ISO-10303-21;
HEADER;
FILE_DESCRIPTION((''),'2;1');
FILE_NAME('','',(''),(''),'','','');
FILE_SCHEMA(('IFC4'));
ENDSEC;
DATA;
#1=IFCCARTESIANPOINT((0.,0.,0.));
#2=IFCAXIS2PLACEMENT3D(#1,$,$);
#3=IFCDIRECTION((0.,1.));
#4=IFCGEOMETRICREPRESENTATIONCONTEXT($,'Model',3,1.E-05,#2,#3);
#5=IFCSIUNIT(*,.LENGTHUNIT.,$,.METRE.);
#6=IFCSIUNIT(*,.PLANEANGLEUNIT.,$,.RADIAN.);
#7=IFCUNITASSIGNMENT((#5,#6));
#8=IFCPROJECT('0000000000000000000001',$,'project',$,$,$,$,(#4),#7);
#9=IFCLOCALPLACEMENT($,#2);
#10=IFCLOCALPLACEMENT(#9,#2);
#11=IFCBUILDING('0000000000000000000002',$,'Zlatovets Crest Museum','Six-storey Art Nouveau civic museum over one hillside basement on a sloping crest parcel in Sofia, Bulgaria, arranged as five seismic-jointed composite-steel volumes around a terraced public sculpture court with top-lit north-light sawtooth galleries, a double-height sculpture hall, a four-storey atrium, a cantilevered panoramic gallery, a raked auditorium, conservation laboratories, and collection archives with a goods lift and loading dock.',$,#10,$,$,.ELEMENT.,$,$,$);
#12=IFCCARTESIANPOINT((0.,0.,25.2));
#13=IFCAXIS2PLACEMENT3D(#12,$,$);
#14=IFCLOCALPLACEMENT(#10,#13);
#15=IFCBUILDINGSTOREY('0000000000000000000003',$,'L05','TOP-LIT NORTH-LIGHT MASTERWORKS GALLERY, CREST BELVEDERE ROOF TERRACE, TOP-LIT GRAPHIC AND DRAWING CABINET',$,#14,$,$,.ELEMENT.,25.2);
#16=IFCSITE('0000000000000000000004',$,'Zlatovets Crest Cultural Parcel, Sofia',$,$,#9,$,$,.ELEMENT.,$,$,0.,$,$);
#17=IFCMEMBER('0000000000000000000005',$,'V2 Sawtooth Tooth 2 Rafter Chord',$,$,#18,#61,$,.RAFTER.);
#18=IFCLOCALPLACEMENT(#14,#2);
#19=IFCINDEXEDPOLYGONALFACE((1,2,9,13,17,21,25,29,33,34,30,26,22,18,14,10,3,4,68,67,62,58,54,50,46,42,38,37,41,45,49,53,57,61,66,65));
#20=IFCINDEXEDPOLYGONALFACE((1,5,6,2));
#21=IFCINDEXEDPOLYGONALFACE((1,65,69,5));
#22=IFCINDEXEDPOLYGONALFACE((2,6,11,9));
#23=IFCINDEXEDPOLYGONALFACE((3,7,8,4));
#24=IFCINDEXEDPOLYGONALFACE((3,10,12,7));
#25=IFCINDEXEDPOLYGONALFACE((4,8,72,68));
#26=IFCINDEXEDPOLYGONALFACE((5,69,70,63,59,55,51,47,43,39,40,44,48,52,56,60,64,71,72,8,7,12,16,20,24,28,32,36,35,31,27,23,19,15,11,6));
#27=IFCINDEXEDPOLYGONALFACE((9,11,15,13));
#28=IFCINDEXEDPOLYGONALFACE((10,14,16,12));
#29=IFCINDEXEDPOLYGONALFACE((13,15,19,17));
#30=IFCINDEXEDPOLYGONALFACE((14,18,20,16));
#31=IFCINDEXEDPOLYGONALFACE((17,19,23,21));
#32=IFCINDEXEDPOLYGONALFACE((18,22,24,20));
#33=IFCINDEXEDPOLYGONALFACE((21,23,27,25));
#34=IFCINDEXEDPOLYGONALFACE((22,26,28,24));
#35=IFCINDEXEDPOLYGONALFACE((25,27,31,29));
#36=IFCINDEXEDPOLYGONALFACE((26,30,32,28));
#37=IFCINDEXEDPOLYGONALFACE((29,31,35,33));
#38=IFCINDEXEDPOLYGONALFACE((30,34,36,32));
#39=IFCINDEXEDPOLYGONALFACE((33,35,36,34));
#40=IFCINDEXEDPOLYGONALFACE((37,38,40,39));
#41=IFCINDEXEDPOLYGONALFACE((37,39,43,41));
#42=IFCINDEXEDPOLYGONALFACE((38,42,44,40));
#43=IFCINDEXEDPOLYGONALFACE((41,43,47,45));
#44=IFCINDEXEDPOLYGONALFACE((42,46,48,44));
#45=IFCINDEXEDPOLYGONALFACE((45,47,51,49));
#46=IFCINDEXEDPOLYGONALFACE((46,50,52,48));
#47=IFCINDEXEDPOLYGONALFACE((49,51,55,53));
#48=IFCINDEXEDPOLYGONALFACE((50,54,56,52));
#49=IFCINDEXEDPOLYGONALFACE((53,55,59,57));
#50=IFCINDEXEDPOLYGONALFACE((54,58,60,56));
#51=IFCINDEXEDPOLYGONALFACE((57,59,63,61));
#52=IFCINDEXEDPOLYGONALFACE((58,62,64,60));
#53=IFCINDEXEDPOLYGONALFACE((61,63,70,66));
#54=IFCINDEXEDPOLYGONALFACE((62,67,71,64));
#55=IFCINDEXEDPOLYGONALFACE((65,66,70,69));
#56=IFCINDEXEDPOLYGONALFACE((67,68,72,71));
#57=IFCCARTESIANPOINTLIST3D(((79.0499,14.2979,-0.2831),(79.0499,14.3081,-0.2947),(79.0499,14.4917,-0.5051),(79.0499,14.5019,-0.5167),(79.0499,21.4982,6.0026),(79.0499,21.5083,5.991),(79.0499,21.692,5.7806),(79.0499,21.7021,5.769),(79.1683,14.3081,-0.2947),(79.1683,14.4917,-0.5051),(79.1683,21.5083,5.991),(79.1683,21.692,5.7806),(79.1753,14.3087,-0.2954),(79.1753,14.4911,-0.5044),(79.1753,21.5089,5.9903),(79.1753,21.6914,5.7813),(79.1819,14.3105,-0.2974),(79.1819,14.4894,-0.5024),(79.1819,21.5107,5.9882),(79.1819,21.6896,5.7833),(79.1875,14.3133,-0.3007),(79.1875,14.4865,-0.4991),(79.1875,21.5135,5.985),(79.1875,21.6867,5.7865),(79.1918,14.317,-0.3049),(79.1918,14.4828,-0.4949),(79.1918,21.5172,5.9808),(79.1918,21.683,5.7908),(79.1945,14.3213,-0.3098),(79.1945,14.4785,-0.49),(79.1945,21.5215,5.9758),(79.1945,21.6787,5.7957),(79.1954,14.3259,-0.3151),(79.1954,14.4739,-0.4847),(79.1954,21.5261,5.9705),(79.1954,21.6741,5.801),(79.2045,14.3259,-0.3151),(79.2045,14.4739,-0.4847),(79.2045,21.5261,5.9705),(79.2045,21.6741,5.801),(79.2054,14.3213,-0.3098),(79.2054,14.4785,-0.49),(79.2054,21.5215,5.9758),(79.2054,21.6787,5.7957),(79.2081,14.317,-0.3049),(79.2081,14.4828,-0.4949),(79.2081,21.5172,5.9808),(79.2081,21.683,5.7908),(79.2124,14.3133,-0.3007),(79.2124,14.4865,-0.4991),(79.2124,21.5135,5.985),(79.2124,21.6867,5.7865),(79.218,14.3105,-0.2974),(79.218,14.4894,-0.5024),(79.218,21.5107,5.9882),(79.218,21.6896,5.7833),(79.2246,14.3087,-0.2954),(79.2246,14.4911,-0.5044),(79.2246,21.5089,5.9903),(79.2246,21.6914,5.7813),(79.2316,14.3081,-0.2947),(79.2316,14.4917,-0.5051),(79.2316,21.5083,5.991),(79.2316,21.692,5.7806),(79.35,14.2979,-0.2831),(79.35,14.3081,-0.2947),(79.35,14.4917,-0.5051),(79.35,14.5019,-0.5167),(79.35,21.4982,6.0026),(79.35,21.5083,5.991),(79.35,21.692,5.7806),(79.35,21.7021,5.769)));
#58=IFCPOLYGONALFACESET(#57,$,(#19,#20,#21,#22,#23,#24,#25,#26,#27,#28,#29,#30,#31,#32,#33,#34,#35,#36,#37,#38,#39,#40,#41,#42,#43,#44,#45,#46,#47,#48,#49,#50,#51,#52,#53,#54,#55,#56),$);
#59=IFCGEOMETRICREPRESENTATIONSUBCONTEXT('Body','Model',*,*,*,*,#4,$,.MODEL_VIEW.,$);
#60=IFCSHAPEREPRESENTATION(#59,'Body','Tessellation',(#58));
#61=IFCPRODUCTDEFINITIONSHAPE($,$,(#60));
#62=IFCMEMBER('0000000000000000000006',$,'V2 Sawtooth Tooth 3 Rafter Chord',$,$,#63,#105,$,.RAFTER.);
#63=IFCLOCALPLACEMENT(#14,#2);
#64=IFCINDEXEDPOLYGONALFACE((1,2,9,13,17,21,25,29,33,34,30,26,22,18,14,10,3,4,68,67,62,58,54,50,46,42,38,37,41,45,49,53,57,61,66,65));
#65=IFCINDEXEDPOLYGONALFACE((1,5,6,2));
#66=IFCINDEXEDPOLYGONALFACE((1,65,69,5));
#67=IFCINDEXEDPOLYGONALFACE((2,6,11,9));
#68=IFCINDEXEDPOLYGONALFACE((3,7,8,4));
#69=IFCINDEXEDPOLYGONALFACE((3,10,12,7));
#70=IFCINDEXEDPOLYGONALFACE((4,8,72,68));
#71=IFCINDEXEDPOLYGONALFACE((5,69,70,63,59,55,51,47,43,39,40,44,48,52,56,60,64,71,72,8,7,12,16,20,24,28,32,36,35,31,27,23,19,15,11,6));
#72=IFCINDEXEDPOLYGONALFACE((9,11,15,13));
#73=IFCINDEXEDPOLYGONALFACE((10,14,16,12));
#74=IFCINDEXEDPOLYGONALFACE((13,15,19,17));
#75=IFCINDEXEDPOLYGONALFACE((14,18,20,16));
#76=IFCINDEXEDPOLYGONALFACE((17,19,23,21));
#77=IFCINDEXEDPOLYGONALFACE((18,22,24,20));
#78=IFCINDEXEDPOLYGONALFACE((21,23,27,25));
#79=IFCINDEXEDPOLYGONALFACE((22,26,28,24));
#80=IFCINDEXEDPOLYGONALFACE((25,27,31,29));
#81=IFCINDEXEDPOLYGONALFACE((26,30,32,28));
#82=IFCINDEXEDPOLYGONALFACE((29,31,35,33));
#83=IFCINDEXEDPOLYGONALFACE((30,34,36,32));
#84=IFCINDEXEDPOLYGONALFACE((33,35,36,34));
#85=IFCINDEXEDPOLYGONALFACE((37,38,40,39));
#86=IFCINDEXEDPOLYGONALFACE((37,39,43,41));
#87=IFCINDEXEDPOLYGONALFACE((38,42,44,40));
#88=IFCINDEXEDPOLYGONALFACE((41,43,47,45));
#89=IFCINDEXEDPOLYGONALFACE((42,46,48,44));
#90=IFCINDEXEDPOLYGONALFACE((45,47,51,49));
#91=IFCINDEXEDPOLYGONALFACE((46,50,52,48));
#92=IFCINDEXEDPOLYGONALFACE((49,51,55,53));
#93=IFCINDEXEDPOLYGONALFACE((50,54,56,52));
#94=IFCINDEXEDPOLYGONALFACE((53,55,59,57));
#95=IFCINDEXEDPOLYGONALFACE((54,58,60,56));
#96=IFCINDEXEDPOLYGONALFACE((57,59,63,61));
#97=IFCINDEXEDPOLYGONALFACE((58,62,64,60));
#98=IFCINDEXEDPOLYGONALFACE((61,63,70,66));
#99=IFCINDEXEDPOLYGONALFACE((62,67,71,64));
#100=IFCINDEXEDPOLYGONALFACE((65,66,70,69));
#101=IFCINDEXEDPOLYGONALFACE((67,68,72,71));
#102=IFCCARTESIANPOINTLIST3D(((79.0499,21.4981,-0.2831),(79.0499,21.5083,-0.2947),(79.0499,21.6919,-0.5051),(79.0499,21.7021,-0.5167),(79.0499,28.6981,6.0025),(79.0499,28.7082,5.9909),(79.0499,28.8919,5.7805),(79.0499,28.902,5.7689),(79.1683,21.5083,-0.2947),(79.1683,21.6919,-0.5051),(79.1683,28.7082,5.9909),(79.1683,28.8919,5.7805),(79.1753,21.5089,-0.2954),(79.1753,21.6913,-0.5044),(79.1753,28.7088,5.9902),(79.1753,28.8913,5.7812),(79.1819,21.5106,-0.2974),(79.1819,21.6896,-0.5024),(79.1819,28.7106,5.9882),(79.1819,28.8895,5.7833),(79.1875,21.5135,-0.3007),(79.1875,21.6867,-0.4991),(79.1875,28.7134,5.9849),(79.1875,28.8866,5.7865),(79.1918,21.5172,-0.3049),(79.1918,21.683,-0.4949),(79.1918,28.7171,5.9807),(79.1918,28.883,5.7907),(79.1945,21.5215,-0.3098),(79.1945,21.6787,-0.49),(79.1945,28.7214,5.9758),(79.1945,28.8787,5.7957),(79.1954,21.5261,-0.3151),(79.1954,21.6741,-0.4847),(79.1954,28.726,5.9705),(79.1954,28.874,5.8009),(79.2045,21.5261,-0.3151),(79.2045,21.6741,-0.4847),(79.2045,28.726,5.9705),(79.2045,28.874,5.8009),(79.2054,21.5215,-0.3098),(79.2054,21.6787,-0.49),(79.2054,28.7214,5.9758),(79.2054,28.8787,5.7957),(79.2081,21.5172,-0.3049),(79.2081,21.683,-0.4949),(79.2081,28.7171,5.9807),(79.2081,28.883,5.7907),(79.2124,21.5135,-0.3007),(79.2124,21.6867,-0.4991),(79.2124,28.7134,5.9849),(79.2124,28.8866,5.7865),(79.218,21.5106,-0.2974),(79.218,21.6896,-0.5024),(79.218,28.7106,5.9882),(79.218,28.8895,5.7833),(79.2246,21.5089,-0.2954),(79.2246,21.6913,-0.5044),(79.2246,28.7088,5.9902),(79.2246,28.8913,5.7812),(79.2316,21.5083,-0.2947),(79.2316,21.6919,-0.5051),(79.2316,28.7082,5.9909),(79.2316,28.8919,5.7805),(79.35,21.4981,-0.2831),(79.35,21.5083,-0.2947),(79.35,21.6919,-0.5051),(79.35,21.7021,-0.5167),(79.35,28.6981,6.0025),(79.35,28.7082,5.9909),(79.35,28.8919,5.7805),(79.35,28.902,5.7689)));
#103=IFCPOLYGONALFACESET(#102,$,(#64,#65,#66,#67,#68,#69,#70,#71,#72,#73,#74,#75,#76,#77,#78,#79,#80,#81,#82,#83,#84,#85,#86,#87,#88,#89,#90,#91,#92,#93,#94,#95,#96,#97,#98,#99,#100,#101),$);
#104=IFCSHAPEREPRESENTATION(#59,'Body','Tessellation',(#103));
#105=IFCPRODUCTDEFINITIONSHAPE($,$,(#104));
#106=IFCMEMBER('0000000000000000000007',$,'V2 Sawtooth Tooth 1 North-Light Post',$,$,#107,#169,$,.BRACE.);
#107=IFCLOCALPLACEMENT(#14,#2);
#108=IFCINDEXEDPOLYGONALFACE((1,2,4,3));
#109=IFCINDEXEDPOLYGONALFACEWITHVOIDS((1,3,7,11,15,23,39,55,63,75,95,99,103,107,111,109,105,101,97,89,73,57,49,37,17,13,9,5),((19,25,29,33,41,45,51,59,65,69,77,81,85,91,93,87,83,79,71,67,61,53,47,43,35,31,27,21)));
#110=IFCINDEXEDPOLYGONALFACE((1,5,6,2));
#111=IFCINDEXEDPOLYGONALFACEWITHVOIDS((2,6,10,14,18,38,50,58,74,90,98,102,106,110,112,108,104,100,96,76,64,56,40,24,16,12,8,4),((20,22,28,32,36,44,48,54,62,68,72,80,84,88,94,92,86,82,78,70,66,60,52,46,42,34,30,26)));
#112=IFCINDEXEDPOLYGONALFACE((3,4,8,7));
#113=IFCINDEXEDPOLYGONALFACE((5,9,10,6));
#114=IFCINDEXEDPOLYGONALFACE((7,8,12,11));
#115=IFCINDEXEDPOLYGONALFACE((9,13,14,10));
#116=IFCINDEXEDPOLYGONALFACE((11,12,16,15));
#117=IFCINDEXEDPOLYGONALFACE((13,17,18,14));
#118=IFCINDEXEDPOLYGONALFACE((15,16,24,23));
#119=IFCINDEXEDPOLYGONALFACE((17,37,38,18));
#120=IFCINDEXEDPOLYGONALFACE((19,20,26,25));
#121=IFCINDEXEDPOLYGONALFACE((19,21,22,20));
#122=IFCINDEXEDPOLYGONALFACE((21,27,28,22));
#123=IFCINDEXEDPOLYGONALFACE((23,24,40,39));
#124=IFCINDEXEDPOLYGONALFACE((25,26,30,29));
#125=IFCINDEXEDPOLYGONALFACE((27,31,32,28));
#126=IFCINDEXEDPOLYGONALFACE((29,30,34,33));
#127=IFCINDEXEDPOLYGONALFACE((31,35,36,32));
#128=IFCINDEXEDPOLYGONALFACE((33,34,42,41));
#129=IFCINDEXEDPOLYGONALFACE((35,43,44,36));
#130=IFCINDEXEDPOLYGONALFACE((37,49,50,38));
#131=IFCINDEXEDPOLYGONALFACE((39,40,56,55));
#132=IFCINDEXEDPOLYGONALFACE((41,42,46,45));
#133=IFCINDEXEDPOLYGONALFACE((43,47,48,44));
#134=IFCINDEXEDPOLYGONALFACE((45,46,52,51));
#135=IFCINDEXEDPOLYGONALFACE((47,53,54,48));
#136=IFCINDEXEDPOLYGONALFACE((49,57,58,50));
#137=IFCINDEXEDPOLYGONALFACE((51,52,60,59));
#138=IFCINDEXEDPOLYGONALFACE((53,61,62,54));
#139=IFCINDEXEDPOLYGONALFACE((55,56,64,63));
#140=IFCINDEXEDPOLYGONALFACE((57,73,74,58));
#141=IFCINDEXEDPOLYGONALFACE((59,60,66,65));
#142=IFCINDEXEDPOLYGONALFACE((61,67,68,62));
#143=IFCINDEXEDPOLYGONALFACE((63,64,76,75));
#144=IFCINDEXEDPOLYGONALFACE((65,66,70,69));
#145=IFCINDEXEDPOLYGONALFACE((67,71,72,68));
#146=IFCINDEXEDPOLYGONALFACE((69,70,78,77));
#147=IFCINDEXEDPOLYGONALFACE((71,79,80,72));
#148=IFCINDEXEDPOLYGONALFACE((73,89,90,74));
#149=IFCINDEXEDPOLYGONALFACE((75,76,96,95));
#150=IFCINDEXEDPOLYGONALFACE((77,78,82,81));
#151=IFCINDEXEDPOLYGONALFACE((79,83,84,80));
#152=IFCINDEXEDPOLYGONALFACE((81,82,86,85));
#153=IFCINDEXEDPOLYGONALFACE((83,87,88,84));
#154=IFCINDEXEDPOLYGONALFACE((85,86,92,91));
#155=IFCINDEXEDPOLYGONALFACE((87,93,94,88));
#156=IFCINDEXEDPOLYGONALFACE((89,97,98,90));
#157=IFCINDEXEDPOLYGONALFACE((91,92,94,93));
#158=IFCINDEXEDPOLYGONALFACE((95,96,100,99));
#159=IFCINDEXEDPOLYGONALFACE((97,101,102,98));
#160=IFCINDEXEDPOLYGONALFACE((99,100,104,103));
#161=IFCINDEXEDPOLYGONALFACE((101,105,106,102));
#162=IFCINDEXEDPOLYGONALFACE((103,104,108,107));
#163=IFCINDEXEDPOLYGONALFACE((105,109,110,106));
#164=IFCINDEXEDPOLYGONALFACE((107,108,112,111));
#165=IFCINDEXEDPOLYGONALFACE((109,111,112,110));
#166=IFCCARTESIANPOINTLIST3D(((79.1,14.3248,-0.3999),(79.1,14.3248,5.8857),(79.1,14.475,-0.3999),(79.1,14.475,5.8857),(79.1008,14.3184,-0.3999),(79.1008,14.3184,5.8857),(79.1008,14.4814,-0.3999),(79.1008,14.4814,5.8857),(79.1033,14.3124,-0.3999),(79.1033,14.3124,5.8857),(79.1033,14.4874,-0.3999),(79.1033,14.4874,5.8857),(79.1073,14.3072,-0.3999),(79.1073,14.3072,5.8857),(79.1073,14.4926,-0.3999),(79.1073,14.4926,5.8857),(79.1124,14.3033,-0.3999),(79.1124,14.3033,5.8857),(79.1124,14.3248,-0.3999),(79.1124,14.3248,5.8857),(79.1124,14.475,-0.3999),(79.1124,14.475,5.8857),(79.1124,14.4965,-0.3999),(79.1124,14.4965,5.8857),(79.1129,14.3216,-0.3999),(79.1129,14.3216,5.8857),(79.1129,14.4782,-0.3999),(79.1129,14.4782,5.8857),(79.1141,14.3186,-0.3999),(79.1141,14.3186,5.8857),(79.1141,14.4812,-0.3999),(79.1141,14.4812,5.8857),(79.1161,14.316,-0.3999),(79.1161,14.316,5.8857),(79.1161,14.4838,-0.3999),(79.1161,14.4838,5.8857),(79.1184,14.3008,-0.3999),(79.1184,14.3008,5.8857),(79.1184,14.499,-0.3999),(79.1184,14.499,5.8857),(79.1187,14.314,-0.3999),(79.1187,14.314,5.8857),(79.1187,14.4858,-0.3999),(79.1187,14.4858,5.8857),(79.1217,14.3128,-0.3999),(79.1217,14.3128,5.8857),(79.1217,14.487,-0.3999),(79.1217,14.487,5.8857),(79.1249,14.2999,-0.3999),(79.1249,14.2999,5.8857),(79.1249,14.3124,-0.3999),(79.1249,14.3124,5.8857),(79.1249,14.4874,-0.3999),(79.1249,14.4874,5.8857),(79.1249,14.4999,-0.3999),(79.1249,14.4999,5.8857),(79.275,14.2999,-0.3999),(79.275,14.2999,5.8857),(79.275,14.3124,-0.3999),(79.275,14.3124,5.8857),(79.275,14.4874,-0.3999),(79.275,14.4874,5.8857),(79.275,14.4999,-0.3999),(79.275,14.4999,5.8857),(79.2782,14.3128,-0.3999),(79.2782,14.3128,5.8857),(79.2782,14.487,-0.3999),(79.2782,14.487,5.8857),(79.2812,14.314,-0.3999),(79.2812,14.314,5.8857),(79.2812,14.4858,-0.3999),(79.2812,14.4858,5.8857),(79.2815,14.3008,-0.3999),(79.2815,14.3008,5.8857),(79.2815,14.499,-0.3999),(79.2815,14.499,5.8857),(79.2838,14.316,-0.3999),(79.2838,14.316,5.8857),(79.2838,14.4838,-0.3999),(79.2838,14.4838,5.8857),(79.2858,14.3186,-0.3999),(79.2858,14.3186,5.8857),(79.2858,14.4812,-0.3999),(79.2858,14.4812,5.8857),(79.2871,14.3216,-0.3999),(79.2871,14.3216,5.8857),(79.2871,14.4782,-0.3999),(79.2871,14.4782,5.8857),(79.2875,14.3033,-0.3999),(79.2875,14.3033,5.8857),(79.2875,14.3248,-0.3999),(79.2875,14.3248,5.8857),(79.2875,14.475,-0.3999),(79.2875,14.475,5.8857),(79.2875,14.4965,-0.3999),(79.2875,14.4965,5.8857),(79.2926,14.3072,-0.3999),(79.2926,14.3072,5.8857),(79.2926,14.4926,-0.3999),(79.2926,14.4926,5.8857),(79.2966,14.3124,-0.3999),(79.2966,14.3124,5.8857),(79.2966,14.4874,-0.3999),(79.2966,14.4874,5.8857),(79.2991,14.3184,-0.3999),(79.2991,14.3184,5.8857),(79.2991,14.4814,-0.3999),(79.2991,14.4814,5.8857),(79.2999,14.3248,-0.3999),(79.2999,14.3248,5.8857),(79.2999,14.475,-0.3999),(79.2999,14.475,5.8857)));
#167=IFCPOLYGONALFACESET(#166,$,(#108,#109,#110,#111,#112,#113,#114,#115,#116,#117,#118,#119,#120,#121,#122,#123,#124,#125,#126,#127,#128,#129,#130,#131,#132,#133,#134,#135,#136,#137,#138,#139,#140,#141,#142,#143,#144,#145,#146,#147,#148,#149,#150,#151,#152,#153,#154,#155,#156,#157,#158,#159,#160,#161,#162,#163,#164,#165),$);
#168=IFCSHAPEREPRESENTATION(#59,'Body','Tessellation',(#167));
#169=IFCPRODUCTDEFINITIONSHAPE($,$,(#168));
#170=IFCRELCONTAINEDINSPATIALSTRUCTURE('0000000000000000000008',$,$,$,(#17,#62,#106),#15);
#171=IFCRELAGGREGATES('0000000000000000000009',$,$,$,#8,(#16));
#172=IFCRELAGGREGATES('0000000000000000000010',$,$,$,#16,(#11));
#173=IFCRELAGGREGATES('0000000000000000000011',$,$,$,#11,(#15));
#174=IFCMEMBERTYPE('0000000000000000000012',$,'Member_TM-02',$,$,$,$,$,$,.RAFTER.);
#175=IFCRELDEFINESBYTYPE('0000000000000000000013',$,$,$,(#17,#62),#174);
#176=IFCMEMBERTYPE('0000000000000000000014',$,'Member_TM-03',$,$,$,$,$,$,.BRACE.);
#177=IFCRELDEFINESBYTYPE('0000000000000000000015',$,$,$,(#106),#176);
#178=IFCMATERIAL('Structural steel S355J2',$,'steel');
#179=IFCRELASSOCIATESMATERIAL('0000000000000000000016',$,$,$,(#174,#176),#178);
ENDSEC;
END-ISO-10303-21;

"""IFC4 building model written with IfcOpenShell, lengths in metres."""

from ifc_helpers import new_model, si_unit, direction, frame, origin, origin_2d, place, context, subcontext, project, spatial, hollow_rectangle, i_section, extrude, material, material_profile, profile_set, type_object, element, save


model = new_model("IFC4")

# Units and contexts
model_context = context("Model", 3, precision=1e-05, world=origin(), true_north=direction((0.0, 1.0)))
body_context = subcontext(model_context, "Body", "Model", "MODEL_VIEW")
ifc_project = project(units=[si_unit("LENGTHUNIT", "METRE"), si_unit("PLANEANGLEUNIT", "RADIAN")], contexts=[model_context])

# Site, building, storey
site_placement = place(None, origin())
site = spatial("IfcSite", under=ifc_project, at=site_placement, Name="Zlatovets Crest Cultural Parcel, Sofia", CompositionType="ELEMENT", RefElevation=0.0)
building_placement = place(site_placement, origin())
building = spatial("IfcBuilding", under=site, at=building_placement, Name="Zlatovets Crest Museum", Description="Six-storey Art Nouveau civic museum over one hillside basement on a sloping crest parcel in Sofia, Bulgaria, arranged as five seismic-jointed composite-steel volumes around a terraced public sculpture court with top-lit north-light sawtooth galleries, a double-height sculpture hall, a four-storey atrium, a cantilevered panoramic gallery, a raked auditorium, conservation laboratories, and collection archives with a goods lift and loading dock.", CompositionType="ELEMENT")
storey_placement = place(building_placement, frame((0.0, 0.0, 25.2)))
storey = spatial("IfcBuildingStorey", under=building, at=storey_placement, Name="L05", Description="TOP-LIT NORTH-LIGHT MASTERWORKS GALLERY, CREST BELVEDERE ROOF TERRACE, TOP-LIT GRAPHIC AND DRAWING CABINET", CompositionType="ELEMENT", Elevation=25.2)

# Shared definitions
ifc_material_1 = material(Name="Structural steel S355J2", Category="steel")

# Members
ifc_material_profile_1 = material_profile(ifc_material_1, i_section(OverallWidth=0.3, OverallDepth=0.3101, WebThickness=0.009, FlangeThickness=0.0154, FilletRadius=0.0271, at=origin_2d()), Name="HEA 320")
ifc_profile_set_1 = profile_set([ifc_material_profile_1], Name="Structural steel S355J2")
member_type_1 = type_object("IfcMemberType", Name="Member_TM-02", PredefinedType="RAFTER", material=ifc_profile_set_1)
member_1_placement = place(storey_placement, frame((79.2, 14.3999, -0.3999), z_axis=(0.0, 0.753329, 0.657643), x_axis=(-1.0, 0.0, 0.0)))
element("IfcMember", 1, at=member_1_placement, inside=storey, type_object=member_type_1, Name="V2 Sawtooth Tooth 2 Rafter Chord", PredefinedType="RAFTER", context=body_context, shape_type="SweptSolid", body=[
    extrude(i_section(OverallWidth=0.3, OverallDepth=0.3101, WebThickness=0.009, FlangeThickness=0.0154, FilletRadius=0.0271, at=origin_2d()), origin(), (0.0, 0.0, 1.0), 9.5579),
])
member_2_placement = place(storey_placement, frame((79.2, 21.6001, -0.3999), z_axis=(0.0, 0.753318, 0.657656), x_axis=(-1.0, 0.0, 0.0)))
element("IfcMember", 2, at=member_2_placement, inside=storey, type_object=member_type_1, Name="V2 Sawtooth Tooth 3 Rafter Chord", PredefinedType="RAFTER", context=body_context, shape_type="SweptSolid", body=[
    extrude(i_section(OverallWidth=0.3, OverallDepth=0.3101, WebThickness=0.009, FlangeThickness=0.0154, FilletRadius=0.0271, at=origin_2d()), origin(), (0.0, 0.0, 1.0), 9.5576),
])
ifc_material_profile_2 = material_profile(ifc_material_1, hollow_rectangle(XDim=0.2, YDim=0.2, WallThickness=0.0125, InnerFilletRadius=0.0125, OuterFilletRadius=0.0249, at=origin_2d()), Name="SHS 200x200x12.5")
ifc_profile_set_2 = profile_set([ifc_material_profile_2], Name="Structural steel S355J2")
member_type_2 = type_object("IfcMemberType", Name="Member_TM-03", PredefinedType="BRACE", material=ifc_profile_set_2)
for number, where, z_axis, x_axis, name in (
    (3, (79.2, 14.3999, -0.3999), (0.0, 0.0, 1.0), (1.0, 0.0, 0.0), "V2 Sawtooth Tooth 1 North-Light Post"),
):
    element("IfcMember", number, at=place(storey_placement, frame(where, z_axis=z_axis, x_axis=x_axis)), inside=storey, type_object=member_type_2, Name=name, PredefinedType="BRACE", context=body_context, shape_type="SweptSolid", body=[
        extrude(hollow_rectangle(XDim=0.2, YDim=0.2, WallThickness=0.0125, InnerFilletRadius=0.0125, OuterFilletRadius=0.0249, at=origin_2d()), origin(), (0.0, 0.0, 1.0), 6.2856),
    ])

save(model, "model.ifc")
